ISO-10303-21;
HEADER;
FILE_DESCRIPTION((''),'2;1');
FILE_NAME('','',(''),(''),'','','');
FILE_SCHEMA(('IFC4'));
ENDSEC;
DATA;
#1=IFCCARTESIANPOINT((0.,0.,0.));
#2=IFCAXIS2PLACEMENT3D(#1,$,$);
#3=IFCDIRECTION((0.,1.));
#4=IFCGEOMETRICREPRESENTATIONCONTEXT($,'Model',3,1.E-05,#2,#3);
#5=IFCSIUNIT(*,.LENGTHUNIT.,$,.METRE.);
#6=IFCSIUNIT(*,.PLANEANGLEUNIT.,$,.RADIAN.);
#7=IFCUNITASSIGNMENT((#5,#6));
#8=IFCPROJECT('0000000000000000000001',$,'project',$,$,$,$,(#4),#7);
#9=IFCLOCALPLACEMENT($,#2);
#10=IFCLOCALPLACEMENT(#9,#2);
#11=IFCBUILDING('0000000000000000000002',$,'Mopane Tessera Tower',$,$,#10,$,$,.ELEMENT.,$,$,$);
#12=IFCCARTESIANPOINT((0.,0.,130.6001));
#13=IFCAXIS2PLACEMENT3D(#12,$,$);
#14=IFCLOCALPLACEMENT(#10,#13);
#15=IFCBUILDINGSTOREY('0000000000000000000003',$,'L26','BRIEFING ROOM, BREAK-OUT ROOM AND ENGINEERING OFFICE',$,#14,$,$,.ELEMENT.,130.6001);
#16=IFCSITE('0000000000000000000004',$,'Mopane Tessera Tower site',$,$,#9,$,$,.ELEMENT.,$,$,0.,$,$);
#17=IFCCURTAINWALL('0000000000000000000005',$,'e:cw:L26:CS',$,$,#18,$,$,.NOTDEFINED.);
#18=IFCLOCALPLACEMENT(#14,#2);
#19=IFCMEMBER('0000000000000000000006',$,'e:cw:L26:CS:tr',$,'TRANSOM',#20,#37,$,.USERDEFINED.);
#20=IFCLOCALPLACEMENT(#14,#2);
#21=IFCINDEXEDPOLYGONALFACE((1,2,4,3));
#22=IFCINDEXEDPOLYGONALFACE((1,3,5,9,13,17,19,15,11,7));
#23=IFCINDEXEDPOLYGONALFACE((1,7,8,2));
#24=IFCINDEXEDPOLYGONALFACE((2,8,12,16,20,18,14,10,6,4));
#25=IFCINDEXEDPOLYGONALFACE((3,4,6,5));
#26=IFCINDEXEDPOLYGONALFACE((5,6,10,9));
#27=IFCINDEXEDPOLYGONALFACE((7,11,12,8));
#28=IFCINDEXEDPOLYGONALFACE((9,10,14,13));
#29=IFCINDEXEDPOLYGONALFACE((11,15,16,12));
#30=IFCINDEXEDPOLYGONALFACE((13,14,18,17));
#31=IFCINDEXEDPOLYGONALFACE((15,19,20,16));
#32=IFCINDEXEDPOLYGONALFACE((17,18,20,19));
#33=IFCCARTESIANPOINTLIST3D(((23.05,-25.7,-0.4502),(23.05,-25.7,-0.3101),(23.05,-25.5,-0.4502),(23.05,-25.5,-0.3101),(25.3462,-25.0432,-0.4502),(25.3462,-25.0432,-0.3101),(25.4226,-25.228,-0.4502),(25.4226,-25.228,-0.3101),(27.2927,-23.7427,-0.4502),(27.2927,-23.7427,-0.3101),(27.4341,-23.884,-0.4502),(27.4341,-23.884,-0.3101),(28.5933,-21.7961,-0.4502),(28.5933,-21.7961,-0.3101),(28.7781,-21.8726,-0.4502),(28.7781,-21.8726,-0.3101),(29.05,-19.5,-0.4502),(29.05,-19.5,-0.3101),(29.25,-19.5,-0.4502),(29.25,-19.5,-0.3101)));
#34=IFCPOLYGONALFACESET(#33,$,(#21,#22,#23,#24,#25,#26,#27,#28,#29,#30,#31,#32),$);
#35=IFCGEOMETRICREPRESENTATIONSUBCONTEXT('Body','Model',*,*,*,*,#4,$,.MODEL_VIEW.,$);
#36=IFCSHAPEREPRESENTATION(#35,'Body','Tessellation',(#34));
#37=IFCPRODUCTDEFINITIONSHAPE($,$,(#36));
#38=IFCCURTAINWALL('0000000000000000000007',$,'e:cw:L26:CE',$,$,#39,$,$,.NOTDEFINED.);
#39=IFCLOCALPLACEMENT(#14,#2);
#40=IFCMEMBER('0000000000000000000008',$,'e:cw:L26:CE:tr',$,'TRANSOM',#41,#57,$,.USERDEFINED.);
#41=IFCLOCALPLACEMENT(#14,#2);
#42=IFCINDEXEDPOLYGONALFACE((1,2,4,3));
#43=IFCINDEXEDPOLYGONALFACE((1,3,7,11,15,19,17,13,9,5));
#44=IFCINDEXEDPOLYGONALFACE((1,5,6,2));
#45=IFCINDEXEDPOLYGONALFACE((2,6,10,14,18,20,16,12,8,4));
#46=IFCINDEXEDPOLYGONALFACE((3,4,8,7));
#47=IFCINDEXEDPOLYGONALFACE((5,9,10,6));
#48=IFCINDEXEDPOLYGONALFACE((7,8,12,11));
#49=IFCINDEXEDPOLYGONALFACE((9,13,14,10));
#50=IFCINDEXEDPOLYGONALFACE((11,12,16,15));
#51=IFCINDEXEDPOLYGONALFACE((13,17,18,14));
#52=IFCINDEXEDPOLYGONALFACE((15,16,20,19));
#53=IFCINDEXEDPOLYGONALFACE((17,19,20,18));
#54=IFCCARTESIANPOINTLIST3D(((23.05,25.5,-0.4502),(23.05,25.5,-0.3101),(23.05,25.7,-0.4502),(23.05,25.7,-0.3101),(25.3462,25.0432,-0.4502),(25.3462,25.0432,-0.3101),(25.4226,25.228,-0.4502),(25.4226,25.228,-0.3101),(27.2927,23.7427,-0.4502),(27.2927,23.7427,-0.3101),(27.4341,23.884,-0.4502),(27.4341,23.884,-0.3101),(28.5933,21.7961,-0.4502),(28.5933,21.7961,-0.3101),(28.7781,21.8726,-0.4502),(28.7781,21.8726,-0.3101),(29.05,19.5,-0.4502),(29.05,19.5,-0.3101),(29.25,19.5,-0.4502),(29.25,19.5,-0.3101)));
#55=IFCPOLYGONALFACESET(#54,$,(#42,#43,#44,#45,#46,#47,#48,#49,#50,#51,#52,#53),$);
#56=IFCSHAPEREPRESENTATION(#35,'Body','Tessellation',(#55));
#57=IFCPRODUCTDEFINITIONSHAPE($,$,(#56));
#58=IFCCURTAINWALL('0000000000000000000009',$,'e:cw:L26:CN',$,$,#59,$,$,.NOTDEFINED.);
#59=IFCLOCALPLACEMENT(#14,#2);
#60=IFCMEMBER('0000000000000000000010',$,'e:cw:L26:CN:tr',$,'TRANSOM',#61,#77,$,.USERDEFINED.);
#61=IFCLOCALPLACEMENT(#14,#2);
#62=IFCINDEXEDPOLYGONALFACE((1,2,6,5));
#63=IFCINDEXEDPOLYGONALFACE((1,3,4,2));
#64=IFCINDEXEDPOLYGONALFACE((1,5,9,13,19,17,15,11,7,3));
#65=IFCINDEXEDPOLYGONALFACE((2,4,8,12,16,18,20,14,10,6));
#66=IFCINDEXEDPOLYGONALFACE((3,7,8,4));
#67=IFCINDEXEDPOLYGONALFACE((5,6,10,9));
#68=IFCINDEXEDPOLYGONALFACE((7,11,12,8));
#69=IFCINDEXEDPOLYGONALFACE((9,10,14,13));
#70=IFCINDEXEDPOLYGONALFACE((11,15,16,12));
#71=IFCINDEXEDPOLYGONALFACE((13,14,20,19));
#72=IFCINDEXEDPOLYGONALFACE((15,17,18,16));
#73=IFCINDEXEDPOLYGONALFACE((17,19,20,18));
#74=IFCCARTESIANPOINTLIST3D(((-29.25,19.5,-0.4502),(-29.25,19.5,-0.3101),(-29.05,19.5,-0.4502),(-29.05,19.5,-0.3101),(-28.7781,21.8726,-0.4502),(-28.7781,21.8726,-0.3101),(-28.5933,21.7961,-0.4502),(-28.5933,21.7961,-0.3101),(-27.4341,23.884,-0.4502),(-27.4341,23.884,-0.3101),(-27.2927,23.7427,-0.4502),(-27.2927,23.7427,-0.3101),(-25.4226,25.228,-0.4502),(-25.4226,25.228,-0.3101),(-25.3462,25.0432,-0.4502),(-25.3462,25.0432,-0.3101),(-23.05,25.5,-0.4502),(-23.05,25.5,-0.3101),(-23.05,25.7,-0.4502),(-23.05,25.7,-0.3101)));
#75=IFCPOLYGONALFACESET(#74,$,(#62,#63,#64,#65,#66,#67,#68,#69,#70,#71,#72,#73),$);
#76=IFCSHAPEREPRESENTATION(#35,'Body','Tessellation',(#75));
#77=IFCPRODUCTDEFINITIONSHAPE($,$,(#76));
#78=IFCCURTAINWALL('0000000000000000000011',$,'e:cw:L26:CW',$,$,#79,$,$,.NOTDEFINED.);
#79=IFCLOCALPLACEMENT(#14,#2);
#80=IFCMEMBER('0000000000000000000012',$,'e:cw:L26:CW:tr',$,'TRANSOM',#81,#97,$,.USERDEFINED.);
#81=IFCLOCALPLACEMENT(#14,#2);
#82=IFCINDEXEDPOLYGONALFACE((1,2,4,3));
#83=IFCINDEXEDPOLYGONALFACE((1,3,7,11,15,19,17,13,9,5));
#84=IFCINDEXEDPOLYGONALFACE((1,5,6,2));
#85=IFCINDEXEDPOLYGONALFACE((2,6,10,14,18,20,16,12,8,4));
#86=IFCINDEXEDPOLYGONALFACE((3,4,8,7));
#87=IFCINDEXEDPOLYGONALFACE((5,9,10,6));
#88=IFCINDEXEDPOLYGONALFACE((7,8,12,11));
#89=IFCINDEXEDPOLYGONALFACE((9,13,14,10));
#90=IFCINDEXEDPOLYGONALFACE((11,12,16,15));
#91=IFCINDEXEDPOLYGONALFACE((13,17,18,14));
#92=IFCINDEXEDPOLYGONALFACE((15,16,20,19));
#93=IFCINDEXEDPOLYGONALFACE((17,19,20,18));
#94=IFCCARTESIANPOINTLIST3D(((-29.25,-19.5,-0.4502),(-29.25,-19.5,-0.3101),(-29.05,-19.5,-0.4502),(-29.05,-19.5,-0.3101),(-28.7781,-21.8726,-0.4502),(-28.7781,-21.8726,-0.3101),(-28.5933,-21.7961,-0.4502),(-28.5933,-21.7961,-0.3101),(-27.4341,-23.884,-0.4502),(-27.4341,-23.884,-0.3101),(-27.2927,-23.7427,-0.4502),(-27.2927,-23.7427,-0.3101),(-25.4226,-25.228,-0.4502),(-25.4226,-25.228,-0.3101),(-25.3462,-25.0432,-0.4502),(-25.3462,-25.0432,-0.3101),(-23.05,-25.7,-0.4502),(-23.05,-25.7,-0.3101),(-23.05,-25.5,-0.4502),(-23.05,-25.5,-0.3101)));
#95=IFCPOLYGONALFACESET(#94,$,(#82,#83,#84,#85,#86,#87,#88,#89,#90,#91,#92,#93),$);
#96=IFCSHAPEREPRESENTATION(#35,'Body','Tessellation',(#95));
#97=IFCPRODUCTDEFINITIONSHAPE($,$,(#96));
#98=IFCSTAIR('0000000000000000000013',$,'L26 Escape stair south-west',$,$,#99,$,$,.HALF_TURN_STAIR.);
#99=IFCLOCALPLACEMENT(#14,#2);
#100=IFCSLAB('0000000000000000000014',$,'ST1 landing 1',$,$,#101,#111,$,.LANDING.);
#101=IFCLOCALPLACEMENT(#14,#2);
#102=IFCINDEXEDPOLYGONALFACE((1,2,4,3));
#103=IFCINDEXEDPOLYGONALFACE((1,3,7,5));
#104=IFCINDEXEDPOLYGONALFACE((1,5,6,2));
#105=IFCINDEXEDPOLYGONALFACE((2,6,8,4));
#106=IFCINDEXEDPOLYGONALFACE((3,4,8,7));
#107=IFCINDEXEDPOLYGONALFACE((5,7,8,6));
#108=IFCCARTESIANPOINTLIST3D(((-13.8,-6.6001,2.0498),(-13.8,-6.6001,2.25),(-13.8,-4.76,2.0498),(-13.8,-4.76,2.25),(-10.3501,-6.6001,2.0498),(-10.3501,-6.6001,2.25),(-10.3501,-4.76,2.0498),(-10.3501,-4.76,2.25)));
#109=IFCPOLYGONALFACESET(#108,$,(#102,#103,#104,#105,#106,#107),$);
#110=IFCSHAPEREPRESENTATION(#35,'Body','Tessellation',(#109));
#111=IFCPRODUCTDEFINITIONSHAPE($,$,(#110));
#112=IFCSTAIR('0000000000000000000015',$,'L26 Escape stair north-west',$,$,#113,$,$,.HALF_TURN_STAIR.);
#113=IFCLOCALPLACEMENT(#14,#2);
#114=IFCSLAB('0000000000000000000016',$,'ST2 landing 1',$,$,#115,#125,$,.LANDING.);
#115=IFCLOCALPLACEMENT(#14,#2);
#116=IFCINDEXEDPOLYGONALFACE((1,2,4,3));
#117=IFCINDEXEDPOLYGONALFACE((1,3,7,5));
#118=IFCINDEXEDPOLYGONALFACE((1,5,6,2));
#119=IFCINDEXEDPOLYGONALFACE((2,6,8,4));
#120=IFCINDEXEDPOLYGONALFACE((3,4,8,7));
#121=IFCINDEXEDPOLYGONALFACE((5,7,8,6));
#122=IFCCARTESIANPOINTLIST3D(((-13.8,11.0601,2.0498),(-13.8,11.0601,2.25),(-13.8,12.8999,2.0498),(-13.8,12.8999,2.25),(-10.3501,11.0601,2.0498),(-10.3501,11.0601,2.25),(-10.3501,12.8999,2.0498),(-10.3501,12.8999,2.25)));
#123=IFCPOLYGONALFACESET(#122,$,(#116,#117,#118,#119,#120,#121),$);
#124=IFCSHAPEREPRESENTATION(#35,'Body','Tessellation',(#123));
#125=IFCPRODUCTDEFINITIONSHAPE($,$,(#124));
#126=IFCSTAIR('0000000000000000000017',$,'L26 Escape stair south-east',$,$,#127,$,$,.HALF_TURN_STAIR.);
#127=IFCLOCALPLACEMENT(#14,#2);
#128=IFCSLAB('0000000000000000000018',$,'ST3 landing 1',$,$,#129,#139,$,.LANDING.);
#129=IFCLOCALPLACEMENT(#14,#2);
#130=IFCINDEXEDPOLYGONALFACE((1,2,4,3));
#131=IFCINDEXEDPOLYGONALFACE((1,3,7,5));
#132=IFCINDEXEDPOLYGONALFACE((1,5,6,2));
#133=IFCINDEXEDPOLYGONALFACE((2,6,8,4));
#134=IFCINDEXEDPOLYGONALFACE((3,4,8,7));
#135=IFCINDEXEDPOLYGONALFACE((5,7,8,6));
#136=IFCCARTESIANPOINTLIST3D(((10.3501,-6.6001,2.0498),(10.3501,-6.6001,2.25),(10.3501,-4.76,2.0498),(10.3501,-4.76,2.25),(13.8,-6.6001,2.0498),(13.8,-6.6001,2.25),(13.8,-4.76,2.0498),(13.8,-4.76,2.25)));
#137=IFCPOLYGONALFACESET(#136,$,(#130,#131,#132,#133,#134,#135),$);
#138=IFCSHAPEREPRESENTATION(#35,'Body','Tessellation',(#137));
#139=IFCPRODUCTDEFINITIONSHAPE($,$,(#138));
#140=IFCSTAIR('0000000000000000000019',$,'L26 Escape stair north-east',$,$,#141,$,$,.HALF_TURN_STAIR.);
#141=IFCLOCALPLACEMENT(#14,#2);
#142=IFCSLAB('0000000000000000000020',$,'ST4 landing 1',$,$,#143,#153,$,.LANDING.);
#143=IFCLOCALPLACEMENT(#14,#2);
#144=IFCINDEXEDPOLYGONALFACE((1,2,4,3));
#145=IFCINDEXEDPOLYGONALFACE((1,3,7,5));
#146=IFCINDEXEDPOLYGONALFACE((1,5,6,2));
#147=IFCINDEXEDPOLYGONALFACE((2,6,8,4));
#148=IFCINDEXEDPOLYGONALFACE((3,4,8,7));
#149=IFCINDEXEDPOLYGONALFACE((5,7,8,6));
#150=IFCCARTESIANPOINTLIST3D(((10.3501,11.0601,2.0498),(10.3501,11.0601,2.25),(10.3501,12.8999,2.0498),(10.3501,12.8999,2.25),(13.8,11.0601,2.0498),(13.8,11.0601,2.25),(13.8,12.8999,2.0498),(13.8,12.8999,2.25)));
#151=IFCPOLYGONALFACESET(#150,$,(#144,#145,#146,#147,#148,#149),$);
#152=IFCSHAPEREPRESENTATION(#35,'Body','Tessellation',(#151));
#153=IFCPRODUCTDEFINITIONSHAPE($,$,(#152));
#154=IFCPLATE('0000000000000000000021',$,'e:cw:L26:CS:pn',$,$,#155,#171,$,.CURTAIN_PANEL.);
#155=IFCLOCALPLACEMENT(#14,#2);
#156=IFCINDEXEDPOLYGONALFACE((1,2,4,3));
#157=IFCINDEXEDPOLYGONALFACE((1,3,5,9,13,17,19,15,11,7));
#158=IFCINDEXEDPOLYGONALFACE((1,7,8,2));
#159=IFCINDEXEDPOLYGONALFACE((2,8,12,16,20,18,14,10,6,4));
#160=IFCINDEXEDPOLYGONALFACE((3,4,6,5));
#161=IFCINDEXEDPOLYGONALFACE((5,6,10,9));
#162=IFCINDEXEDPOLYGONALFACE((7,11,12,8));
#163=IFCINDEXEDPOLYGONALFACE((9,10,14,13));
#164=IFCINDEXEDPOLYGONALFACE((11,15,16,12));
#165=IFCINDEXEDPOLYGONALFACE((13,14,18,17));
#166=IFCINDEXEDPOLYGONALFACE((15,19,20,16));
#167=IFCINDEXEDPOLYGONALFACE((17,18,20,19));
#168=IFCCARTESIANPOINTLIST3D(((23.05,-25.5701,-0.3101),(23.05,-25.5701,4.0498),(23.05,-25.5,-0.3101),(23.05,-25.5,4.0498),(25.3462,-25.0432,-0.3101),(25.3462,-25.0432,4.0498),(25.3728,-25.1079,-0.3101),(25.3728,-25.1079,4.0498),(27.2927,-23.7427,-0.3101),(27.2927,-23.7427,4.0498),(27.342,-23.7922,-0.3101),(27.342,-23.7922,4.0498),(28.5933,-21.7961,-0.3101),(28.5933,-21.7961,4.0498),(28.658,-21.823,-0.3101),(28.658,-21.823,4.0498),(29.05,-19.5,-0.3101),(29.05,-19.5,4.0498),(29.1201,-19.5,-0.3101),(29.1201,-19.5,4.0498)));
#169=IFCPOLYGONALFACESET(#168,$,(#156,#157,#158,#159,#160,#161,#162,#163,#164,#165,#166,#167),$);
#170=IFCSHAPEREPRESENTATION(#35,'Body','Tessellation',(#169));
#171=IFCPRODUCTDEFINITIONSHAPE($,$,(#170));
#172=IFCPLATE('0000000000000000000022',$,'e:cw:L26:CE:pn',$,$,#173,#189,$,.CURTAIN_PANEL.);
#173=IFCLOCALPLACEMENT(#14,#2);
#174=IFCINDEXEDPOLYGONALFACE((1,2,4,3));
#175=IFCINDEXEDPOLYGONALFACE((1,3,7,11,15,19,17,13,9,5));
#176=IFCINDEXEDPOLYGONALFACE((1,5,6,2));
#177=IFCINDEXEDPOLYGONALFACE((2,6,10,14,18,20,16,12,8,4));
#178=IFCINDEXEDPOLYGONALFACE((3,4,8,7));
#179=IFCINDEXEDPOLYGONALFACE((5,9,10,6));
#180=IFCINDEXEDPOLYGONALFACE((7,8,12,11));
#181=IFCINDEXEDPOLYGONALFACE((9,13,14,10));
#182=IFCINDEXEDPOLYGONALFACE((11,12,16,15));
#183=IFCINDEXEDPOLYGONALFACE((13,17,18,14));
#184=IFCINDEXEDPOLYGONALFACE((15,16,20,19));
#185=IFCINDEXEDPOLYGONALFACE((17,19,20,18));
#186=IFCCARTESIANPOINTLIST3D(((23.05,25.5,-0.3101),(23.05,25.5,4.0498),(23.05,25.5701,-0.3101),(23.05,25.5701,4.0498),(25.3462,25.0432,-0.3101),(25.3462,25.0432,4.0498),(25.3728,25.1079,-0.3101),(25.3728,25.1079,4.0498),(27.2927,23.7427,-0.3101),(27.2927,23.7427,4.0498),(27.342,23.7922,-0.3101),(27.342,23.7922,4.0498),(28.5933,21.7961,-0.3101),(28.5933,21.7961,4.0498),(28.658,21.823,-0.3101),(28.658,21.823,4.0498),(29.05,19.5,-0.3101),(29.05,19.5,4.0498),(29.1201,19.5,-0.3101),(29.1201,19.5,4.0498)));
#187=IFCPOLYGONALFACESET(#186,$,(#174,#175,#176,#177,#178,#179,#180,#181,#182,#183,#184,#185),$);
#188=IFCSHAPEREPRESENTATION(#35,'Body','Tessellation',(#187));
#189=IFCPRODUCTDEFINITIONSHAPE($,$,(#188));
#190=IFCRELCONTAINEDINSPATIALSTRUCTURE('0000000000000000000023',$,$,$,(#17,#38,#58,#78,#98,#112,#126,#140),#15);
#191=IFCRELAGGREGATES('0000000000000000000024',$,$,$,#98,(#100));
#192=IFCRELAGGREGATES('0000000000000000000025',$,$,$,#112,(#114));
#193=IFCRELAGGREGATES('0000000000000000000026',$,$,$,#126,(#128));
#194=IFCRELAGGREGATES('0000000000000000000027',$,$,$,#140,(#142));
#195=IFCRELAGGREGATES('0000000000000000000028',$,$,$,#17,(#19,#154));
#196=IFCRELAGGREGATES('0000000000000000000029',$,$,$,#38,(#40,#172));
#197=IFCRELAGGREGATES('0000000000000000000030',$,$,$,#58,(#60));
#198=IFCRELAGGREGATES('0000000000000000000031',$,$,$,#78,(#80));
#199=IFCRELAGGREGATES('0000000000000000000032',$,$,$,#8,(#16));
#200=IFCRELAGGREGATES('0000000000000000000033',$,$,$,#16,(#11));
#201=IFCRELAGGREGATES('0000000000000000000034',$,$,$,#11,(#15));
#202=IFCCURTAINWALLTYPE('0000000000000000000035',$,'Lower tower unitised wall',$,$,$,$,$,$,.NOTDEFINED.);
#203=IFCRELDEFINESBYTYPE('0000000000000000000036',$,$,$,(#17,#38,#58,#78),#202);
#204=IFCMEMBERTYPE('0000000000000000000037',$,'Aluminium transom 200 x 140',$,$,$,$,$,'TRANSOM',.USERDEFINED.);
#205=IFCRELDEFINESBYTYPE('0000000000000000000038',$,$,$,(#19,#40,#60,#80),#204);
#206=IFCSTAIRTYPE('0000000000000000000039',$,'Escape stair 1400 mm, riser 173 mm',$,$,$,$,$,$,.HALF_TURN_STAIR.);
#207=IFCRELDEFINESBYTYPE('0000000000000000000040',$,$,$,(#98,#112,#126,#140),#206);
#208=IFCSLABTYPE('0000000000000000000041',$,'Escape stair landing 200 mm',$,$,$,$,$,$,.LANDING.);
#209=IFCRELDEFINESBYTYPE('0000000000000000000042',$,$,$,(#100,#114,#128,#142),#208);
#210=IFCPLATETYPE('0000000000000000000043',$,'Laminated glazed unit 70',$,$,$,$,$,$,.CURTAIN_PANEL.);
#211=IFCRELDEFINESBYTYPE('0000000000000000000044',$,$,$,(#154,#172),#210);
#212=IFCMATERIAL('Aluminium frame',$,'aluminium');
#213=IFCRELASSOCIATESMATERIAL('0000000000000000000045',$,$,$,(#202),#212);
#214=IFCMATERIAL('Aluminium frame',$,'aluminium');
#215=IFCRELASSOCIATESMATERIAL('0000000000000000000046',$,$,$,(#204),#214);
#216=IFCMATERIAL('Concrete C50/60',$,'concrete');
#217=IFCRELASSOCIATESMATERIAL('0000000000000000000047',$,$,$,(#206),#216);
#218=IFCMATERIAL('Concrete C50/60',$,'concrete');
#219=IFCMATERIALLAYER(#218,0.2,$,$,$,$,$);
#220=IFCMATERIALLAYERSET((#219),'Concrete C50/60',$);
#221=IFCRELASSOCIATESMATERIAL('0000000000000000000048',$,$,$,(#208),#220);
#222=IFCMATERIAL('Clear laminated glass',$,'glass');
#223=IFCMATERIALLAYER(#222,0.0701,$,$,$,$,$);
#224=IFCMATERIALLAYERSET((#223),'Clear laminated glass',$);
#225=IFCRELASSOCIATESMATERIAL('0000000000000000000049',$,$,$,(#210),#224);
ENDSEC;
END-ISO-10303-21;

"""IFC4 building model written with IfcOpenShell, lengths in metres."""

from ifc_helpers import new_model, si_unit, direction, frame, origin, origin_2d, place, context, subcontext, project, spatial, polyline, rectangle, outline, extrude, material, layer, layer_set, material_profile, profile_set, type_object, element, aggregate, save


model = new_model("IFC4")

# Units and contexts
model_context = context("Model", 3, precision=1e-05, world=origin(), true_north=direction((0.0, 1.0)))
body_context = subcontext(model_context, "Body", "Model", "MODEL_VIEW")
ifc_project = project(units=[si_unit("LENGTHUNIT", "METRE"), si_unit("PLANEANGLEUNIT", "RADIAN")], contexts=[model_context])

# Site, building, storey
site_placement = place(None, origin())
site = spatial("IfcSite", under=ifc_project, at=site_placement, Name="Mopane Tessera Tower site", CompositionType="ELEMENT", RefElevation=0.0)
building_placement = place(site_placement, origin())
building = spatial("IfcBuilding", under=site, at=building_placement, Name="Mopane Tessera Tower", CompositionType="ELEMENT")
storey_placement = place(building_placement, frame((0.0, 0.0, 130.6001)))
storey = spatial("IfcBuildingStorey", under=building, at=storey_placement, Name="L26", Description="BRIEFING ROOM, BREAK-OUT ROOM AND ENGINEERING OFFICE", CompositionType="ELEMENT", Elevation=130.6001)

# Curtain walls, members
ifc_material_1 = material(Name="Aluminium frame", Category="aluminium")
curtain_wall_type = type_object("IfcCurtainWallType", Name="Lower tower unitised wall", PredefinedType="NOTDEFINED", material=ifc_material_1)
curtain_wall_1_placement = place(storey_placement, origin())
curtain_wall_1 = element("IfcCurtainWall", 1, at=curtain_wall_1_placement, inside=storey, type_object=curtain_wall_type, Name="e:cw:L26:CS", PredefinedType="NOTDEFINED")
ifc_material_2 = material(Name="Aluminium frame", Category="aluminium")
ifc_material_profile = material_profile(ifc_material_2, rectangle(XDim=0.2, YDim=0.1399, at=origin_2d()))
ifc_profile_set = profile_set([ifc_material_profile], Name="Aluminium frame")
member_type = type_object("IfcMemberType", Name="Aluminium transom 200 x 140", ElementType="TRANSOM", PredefinedType="USERDEFINED", material=ifc_profile_set)
member_1_placement = place(storey_placement, frame((0.0, 0.0, -0.4502)))
member_1 = element("IfcMember", 2, at=member_1_placement, type_object=member_type, Name="e:cw:L26:CS:tr", ObjectType="TRANSOM", PredefinedType="USERDEFINED", context=body_context, shape_type="SweptSolid", body=[
    extrude(outline(polyline([(23.05, -25.5), (25.3462, -25.0432), (27.2927, -23.7427), (28.5933, -21.7961), (29.05, -19.5), (29.25, -19.5), (28.7781, -21.8726), (27.4341, -23.884), (25.4226, -25.228), (23.05, -25.7), (23.05, -25.5)])), origin(), (0.0, 0.0, 1.0), 0.1401),
])
curtain_wall_2_placement = place(storey_placement, origin())
curtain_wall_2 = element("IfcCurtainWall", 3, at=curtain_wall_2_placement, inside=storey, type_object=curtain_wall_type, Name="e:cw:L26:CE", PredefinedType="NOTDEFINED")
member_2_placement = place(storey_placement, frame((0.0, 0.0, -0.4502)))
member_2 = element("IfcMember", 4, at=member_2_placement, type_object=member_type, Name="e:cw:L26:CE:tr", ObjectType="TRANSOM", PredefinedType="USERDEFINED", context=body_context, shape_type="SweptSolid", body=[
    extrude(outline(polyline([(29.05, 19.5), (28.5933, 21.7961), (27.2927, 23.7427), (25.3462, 25.0432), (23.05, 25.5), (23.05, 25.7), (25.4226, 25.228), (27.4341, 23.884), (28.7781, 21.8726), (29.25, 19.5), (29.05, 19.5)])), origin(), (0.0, 0.0, 1.0), 0.1401),
])
curtain_wall_3_placement = place(storey_placement, origin())
curtain_wall_3 = element("IfcCurtainWall", 5, at=curtain_wall_3_placement, inside=storey, type_object=curtain_wall_type, Name="e:cw:L26:CN", PredefinedType="NOTDEFINED")
member_3_placement = place(storey_placement, frame((0.0, 0.0, -0.4502)))
member_3 = element("IfcMember", 6, at=member_3_placement, type_object=member_type, Name="e:cw:L26:CN:tr", ObjectType="TRANSOM", PredefinedType="USERDEFINED", context=body_context, shape_type="SweptSolid", body=[
    extrude(outline(polyline([(-23.05, 25.5), (-25.3462, 25.0432), (-27.2927, 23.7427), (-28.5933, 21.7961), (-29.05, 19.5), (-29.25, 19.5), (-28.7781, 21.8726), (-27.4341, 23.884), (-25.4226, 25.228), (-23.05, 25.7), (-23.05, 25.5)])), origin(), (0.0, 0.0, 1.0), 0.1401),
])
curtain_wall_4_placement = place(storey_placement, origin())
curtain_wall_4 = element("IfcCurtainWall", 7, at=curtain_wall_4_placement, inside=storey, type_object=curtain_wall_type, Name="e:cw:L26:CW", PredefinedType="NOTDEFINED")
member_4_placement = place(storey_placement, frame((0.0, 0.0, -0.4502)))
member_4 = element("IfcMember", 8, at=member_4_placement, type_object=member_type, Name="e:cw:L26:CW:tr", ObjectType="TRANSOM", PredefinedType="USERDEFINED", context=body_context, shape_type="SweptSolid", body=[
    extrude(outline(polyline([(-29.05, -19.5), (-28.5933, -21.7961), (-27.2927, -23.7427), (-25.3462, -25.0432), (-23.05, -25.5), (-23.05, -25.7), (-25.4226, -25.228), (-27.4341, -23.884), (-28.7781, -21.8726), (-29.25, -19.5), (-29.05, -19.5)])), origin(), (0.0, 0.0, 1.0), 0.1401),
])

# Stairs, slabs
ifc_material_3 = material(Name="Concrete C50/60", Category="concrete")
stair_type = type_object("IfcStairType", Name="Escape stair 1400 mm, riser 173 mm", PredefinedType="HALF_TURN_STAIR", material=ifc_material_3)
stair_1_placement = place(storey_placement, origin())
stair_1 = element("IfcStair", 9, at=stair_1_placement, inside=storey, type_object=stair_type, Name="L26 Escape stair south-west", PredefinedType="HALF_TURN_STAIR")
ifc_material_4 = material(Name="Concrete C50/60", Category="concrete")
ifc_layer_1 = layer(ifc_material_4, 0.2)
ifc_layer_set_1 = layer_set([ifc_layer_1], Name="Concrete C50/60")
slab_type_1 = type_object("IfcSlabType", Name="Escape stair landing 200 mm", PredefinedType="LANDING", material=ifc_layer_set_1)
slab_1_placement = place(storey_placement, frame((0.0, 0.0, 2.0498)))
slab_1 = element("IfcSlab", 10, at=slab_1_placement, type_object=slab_type_1, Name="ST1 landing 1", PredefinedType="LANDING", context=body_context, shape_type="SweptSolid", body=[
    extrude(outline(polyline([(-13.8, -4.76), (-13.8, -6.6001), (-10.3501, -6.6001), (-10.3501, -4.76), (-13.8, -4.76)])), origin(), (0.0, 0.0, 1.0), 0.2002),
])
aggregate(stair_1, [slab_1])
stair_2_placement = place(storey_placement, origin())
stair_2 = element("IfcStair", 11, at=stair_2_placement, inside=storey, type_object=stair_type, Name="L26 Escape stair north-west", PredefinedType="HALF_TURN_STAIR")
slab_2_placement = place(storey_placement, frame((0.0, 0.0, 2.0498)))
slab_2 = element("IfcSlab", 12, at=slab_2_placement, type_object=slab_type_1, Name="ST2 landing 1", PredefinedType="LANDING", context=body_context, shape_type="SweptSolid", body=[
    extrude(outline(polyline([(-10.3501, 11.0601), (-10.3501, 12.8999), (-13.8, 12.8999), (-13.8, 11.0601), (-10.3501, 11.0601)])), origin(), (0.0, 0.0, 1.0), 0.2002),
])
aggregate(stair_2, [slab_2])
stair_3_placement = place(storey_placement, origin())
stair_3 = element("IfcStair", 13, at=stair_3_placement, inside=storey, type_object=stair_type, Name="L26 Escape stair south-east", PredefinedType="HALF_TURN_STAIR")
slab_3_placement = place(storey_placement, frame((0.0, 0.0, 2.0498)))
slab_3 = element("IfcSlab", 14, at=slab_3_placement, type_object=slab_type_1, Name="ST3 landing 1", PredefinedType="LANDING", context=body_context, shape_type="SweptSolid", body=[
    extrude(outline(polyline([(10.3501, -4.76), (10.3501, -6.6001), (13.8, -6.6001), (13.8, -4.76), (10.3501, -4.76)])), origin(), (0.0, 0.0, 1.0), 0.2002),
])
aggregate(stair_3, [slab_3])
stair_4_placement = place(storey_placement, origin())
stair_4 = element("IfcStair", 15, at=stair_4_placement, inside=storey, type_object=stair_type, Name="L26 Escape stair north-east", PredefinedType="HALF_TURN_STAIR")
slab_4_placement = place(storey_placement, frame((0.0, 0.0, 2.0498)))
slab_4 = element("IfcSlab", 16, at=slab_4_placement, type_object=slab_type_1, Name="ST4 landing 1", PredefinedType="LANDING", context=body_context, shape_type="SweptSolid", body=[
    extrude(outline(polyline([(13.8, 11.0601), (13.8, 12.8999), (10.3501, 12.8999), (10.3501, 11.0601), (13.8, 11.0601)])), origin(), (0.0, 0.0, 1.0), 0.2002),
])
aggregate(stair_4, [slab_4])

# Plates
ifc_material_5 = material(Name="Clear laminated glass", Category="glass")
ifc_layer_2 = layer(ifc_material_5, 0.0701)
ifc_layer_set_2 = layer_set([ifc_layer_2], Name="Clear laminated glass")
plate_type = type_object("IfcPlateType", Name="Laminated glazed unit 70", PredefinedType="CURTAIN_PANEL", material=ifc_layer_set_2)
plate_1_placement = place(storey_placement, frame((0.0, 0.0, -0.3101)))
plate_1 = element("IfcPlate", 17, at=plate_1_placement, type_object=plate_type, Name="e:cw:L26:CS:pn", PredefinedType="CURTAIN_PANEL", context=body_context, shape_type="SweptSolid", body=[
    extrude(outline(polyline([(23.05, -25.5), (25.3462, -25.0432), (27.2927, -23.7427), (28.5933, -21.7961), (29.05, -19.5), (29.1201, -19.5), (28.658, -21.823), (27.342, -23.7922), (25.3728, -25.1079), (23.05, -25.5701), (23.05, -25.5)])), origin(), (0.0, 0.0, 1.0), 4.3599),
])
aggregate(curtain_wall_1, [member_1, plate_1])
plate_2_placement = place(storey_placement, frame((0.0, 0.0, -0.3101)))
plate_2 = element("IfcPlate", 18, at=plate_2_placement, type_object=plate_type, Name="e:cw:L26:CE:pn", PredefinedType="CURTAIN_PANEL", context=body_context, shape_type="SweptSolid", body=[
    extrude(outline(polyline([(29.05, 19.5), (28.5933, 21.7961), (27.2927, 23.7427), (25.3462, 25.0432), (23.05, 25.5), (23.05, 25.5701), (25.3728, 25.1079), (27.342, 23.7922), (28.658, 21.823), (29.1201, 19.5), (29.05, 19.5)])), origin(), (0.0, 0.0, 1.0), 4.3599),
])
aggregate(curtain_wall_2, [member_2, plate_2])
aggregate(curtain_wall_3, [member_3])
aggregate(curtain_wall_4, [member_4])

save(model, "model.ifc")
